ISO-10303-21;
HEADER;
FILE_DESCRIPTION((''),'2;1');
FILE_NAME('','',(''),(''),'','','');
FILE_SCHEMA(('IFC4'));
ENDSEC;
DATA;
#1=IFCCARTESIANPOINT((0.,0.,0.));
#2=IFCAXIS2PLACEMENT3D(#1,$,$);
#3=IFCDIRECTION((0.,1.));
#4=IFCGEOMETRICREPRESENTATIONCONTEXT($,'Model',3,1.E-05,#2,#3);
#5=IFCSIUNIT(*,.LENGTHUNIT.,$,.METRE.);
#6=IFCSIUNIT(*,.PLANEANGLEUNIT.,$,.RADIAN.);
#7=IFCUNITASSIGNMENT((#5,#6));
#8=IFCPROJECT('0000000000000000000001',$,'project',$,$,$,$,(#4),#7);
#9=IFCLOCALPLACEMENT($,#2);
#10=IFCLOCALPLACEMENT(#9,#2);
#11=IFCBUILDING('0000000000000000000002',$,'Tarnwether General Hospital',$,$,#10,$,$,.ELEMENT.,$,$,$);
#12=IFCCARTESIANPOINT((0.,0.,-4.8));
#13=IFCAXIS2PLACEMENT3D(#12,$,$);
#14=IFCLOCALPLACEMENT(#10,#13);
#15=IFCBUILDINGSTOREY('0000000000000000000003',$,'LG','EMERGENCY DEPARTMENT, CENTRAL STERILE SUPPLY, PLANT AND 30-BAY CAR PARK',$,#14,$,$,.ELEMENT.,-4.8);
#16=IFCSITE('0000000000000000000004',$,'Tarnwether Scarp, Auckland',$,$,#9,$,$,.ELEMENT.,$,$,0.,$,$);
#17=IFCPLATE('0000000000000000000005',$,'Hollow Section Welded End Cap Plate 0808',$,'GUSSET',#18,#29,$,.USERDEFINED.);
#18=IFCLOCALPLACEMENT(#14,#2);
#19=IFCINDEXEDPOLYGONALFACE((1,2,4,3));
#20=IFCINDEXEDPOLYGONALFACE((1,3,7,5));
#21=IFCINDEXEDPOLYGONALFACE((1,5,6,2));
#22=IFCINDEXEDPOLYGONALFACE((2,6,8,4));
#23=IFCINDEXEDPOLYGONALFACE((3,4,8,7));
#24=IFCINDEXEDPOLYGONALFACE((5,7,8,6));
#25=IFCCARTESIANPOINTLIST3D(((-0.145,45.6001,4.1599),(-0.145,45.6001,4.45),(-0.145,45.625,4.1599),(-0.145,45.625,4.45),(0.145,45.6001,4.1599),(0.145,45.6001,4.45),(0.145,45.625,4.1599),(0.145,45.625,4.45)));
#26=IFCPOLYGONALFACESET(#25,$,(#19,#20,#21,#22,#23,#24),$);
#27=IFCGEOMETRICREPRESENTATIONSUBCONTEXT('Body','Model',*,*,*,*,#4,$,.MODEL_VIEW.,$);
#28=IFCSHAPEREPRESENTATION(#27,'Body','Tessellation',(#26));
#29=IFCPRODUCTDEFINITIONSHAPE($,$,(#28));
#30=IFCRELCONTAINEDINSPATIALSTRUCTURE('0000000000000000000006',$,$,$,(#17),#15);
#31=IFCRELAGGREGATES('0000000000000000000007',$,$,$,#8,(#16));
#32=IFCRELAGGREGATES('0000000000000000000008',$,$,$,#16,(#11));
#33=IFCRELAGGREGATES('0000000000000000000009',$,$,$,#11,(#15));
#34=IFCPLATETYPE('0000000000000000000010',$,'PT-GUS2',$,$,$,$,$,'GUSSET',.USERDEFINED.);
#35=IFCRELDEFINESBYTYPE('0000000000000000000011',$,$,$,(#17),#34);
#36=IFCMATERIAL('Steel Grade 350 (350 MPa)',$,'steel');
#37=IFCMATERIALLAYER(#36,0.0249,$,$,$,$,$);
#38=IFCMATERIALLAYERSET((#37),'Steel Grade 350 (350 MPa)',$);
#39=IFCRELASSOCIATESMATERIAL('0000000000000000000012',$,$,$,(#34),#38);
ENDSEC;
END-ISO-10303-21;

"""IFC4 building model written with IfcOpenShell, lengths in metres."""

from ifc_helpers import new_model, si_unit, direction, frame, origin, origin_2d, place, context, subcontext, project, spatial, rectangle, extrude, material, layer, layer_set, type_object, element, save


model = new_model("IFC4")

# Units and contexts
model_context = context("Model", 3, precision=1e-05, world=origin(), true_north=direction((0.0, 1.0)))
body_context = subcontext(model_context, "Body", "Model", "MODEL_VIEW")
ifc_project = project(units=[si_unit("LENGTHUNIT", "METRE"), si_unit("PLANEANGLEUNIT", "RADIAN")], contexts=[model_context])

# Site, building, storey
site_placement = place(None, origin())
site = spatial("IfcSite", under=ifc_project, at=site_placement, Name="Tarnwether Scarp, Auckland", CompositionType="ELEMENT", RefElevation=0.0)
building_placement = place(site_placement, origin())
building = spatial("IfcBuilding", under=site, at=building_placement, Name="Tarnwether General Hospital", CompositionType="ELEMENT")
storey_placement = place(building_placement, frame((0.0, 0.0, -4.8)))
storey = spatial("IfcBuildingStorey", under=building, at=storey_placement, Name="LG", Description="EMERGENCY DEPARTMENT, CENTRAL STERILE SUPPLY, PLANT AND 30-BAY CAR PARK", CompositionType="ELEMENT", Elevation=-4.8)

# Plate
ifc_material_1 = material(Name="Steel Grade 350 (350 MPa)", Category="steel")
ifc_layer = layer(ifc_material_1, 0.0249)
ifc_layer_set = layer_set([ifc_layer], Name="Steel Grade 350 (350 MPa)")
plate_type = type_object("IfcPlateType", Name="PT-GUS2", ElementType="GUSSET", PredefinedType="USERDEFINED", material=ifc_layer_set)
plate_placement = place(storey_placement, frame((0.0, 45.6125, 4.1599), z_axis=(0.0, 0.0, 1.0), x_axis=(0.0, 1.0, 0.0)))
element("IfcPlate", 1, at=plate_placement, inside=storey, type_object=plate_type, Name="Hollow Section Welded End Cap Plate 0808", ObjectType="GUSSET", PredefinedType="USERDEFINED", context=body_context, shape_type="SweptSolid", body=[
    extrude(rectangle(XDim=0.0249, YDim=0.29, at=origin_2d()), origin(), (0.0, 0.0, 1.0), 0.29),
])

save(model, "model.ifc")
